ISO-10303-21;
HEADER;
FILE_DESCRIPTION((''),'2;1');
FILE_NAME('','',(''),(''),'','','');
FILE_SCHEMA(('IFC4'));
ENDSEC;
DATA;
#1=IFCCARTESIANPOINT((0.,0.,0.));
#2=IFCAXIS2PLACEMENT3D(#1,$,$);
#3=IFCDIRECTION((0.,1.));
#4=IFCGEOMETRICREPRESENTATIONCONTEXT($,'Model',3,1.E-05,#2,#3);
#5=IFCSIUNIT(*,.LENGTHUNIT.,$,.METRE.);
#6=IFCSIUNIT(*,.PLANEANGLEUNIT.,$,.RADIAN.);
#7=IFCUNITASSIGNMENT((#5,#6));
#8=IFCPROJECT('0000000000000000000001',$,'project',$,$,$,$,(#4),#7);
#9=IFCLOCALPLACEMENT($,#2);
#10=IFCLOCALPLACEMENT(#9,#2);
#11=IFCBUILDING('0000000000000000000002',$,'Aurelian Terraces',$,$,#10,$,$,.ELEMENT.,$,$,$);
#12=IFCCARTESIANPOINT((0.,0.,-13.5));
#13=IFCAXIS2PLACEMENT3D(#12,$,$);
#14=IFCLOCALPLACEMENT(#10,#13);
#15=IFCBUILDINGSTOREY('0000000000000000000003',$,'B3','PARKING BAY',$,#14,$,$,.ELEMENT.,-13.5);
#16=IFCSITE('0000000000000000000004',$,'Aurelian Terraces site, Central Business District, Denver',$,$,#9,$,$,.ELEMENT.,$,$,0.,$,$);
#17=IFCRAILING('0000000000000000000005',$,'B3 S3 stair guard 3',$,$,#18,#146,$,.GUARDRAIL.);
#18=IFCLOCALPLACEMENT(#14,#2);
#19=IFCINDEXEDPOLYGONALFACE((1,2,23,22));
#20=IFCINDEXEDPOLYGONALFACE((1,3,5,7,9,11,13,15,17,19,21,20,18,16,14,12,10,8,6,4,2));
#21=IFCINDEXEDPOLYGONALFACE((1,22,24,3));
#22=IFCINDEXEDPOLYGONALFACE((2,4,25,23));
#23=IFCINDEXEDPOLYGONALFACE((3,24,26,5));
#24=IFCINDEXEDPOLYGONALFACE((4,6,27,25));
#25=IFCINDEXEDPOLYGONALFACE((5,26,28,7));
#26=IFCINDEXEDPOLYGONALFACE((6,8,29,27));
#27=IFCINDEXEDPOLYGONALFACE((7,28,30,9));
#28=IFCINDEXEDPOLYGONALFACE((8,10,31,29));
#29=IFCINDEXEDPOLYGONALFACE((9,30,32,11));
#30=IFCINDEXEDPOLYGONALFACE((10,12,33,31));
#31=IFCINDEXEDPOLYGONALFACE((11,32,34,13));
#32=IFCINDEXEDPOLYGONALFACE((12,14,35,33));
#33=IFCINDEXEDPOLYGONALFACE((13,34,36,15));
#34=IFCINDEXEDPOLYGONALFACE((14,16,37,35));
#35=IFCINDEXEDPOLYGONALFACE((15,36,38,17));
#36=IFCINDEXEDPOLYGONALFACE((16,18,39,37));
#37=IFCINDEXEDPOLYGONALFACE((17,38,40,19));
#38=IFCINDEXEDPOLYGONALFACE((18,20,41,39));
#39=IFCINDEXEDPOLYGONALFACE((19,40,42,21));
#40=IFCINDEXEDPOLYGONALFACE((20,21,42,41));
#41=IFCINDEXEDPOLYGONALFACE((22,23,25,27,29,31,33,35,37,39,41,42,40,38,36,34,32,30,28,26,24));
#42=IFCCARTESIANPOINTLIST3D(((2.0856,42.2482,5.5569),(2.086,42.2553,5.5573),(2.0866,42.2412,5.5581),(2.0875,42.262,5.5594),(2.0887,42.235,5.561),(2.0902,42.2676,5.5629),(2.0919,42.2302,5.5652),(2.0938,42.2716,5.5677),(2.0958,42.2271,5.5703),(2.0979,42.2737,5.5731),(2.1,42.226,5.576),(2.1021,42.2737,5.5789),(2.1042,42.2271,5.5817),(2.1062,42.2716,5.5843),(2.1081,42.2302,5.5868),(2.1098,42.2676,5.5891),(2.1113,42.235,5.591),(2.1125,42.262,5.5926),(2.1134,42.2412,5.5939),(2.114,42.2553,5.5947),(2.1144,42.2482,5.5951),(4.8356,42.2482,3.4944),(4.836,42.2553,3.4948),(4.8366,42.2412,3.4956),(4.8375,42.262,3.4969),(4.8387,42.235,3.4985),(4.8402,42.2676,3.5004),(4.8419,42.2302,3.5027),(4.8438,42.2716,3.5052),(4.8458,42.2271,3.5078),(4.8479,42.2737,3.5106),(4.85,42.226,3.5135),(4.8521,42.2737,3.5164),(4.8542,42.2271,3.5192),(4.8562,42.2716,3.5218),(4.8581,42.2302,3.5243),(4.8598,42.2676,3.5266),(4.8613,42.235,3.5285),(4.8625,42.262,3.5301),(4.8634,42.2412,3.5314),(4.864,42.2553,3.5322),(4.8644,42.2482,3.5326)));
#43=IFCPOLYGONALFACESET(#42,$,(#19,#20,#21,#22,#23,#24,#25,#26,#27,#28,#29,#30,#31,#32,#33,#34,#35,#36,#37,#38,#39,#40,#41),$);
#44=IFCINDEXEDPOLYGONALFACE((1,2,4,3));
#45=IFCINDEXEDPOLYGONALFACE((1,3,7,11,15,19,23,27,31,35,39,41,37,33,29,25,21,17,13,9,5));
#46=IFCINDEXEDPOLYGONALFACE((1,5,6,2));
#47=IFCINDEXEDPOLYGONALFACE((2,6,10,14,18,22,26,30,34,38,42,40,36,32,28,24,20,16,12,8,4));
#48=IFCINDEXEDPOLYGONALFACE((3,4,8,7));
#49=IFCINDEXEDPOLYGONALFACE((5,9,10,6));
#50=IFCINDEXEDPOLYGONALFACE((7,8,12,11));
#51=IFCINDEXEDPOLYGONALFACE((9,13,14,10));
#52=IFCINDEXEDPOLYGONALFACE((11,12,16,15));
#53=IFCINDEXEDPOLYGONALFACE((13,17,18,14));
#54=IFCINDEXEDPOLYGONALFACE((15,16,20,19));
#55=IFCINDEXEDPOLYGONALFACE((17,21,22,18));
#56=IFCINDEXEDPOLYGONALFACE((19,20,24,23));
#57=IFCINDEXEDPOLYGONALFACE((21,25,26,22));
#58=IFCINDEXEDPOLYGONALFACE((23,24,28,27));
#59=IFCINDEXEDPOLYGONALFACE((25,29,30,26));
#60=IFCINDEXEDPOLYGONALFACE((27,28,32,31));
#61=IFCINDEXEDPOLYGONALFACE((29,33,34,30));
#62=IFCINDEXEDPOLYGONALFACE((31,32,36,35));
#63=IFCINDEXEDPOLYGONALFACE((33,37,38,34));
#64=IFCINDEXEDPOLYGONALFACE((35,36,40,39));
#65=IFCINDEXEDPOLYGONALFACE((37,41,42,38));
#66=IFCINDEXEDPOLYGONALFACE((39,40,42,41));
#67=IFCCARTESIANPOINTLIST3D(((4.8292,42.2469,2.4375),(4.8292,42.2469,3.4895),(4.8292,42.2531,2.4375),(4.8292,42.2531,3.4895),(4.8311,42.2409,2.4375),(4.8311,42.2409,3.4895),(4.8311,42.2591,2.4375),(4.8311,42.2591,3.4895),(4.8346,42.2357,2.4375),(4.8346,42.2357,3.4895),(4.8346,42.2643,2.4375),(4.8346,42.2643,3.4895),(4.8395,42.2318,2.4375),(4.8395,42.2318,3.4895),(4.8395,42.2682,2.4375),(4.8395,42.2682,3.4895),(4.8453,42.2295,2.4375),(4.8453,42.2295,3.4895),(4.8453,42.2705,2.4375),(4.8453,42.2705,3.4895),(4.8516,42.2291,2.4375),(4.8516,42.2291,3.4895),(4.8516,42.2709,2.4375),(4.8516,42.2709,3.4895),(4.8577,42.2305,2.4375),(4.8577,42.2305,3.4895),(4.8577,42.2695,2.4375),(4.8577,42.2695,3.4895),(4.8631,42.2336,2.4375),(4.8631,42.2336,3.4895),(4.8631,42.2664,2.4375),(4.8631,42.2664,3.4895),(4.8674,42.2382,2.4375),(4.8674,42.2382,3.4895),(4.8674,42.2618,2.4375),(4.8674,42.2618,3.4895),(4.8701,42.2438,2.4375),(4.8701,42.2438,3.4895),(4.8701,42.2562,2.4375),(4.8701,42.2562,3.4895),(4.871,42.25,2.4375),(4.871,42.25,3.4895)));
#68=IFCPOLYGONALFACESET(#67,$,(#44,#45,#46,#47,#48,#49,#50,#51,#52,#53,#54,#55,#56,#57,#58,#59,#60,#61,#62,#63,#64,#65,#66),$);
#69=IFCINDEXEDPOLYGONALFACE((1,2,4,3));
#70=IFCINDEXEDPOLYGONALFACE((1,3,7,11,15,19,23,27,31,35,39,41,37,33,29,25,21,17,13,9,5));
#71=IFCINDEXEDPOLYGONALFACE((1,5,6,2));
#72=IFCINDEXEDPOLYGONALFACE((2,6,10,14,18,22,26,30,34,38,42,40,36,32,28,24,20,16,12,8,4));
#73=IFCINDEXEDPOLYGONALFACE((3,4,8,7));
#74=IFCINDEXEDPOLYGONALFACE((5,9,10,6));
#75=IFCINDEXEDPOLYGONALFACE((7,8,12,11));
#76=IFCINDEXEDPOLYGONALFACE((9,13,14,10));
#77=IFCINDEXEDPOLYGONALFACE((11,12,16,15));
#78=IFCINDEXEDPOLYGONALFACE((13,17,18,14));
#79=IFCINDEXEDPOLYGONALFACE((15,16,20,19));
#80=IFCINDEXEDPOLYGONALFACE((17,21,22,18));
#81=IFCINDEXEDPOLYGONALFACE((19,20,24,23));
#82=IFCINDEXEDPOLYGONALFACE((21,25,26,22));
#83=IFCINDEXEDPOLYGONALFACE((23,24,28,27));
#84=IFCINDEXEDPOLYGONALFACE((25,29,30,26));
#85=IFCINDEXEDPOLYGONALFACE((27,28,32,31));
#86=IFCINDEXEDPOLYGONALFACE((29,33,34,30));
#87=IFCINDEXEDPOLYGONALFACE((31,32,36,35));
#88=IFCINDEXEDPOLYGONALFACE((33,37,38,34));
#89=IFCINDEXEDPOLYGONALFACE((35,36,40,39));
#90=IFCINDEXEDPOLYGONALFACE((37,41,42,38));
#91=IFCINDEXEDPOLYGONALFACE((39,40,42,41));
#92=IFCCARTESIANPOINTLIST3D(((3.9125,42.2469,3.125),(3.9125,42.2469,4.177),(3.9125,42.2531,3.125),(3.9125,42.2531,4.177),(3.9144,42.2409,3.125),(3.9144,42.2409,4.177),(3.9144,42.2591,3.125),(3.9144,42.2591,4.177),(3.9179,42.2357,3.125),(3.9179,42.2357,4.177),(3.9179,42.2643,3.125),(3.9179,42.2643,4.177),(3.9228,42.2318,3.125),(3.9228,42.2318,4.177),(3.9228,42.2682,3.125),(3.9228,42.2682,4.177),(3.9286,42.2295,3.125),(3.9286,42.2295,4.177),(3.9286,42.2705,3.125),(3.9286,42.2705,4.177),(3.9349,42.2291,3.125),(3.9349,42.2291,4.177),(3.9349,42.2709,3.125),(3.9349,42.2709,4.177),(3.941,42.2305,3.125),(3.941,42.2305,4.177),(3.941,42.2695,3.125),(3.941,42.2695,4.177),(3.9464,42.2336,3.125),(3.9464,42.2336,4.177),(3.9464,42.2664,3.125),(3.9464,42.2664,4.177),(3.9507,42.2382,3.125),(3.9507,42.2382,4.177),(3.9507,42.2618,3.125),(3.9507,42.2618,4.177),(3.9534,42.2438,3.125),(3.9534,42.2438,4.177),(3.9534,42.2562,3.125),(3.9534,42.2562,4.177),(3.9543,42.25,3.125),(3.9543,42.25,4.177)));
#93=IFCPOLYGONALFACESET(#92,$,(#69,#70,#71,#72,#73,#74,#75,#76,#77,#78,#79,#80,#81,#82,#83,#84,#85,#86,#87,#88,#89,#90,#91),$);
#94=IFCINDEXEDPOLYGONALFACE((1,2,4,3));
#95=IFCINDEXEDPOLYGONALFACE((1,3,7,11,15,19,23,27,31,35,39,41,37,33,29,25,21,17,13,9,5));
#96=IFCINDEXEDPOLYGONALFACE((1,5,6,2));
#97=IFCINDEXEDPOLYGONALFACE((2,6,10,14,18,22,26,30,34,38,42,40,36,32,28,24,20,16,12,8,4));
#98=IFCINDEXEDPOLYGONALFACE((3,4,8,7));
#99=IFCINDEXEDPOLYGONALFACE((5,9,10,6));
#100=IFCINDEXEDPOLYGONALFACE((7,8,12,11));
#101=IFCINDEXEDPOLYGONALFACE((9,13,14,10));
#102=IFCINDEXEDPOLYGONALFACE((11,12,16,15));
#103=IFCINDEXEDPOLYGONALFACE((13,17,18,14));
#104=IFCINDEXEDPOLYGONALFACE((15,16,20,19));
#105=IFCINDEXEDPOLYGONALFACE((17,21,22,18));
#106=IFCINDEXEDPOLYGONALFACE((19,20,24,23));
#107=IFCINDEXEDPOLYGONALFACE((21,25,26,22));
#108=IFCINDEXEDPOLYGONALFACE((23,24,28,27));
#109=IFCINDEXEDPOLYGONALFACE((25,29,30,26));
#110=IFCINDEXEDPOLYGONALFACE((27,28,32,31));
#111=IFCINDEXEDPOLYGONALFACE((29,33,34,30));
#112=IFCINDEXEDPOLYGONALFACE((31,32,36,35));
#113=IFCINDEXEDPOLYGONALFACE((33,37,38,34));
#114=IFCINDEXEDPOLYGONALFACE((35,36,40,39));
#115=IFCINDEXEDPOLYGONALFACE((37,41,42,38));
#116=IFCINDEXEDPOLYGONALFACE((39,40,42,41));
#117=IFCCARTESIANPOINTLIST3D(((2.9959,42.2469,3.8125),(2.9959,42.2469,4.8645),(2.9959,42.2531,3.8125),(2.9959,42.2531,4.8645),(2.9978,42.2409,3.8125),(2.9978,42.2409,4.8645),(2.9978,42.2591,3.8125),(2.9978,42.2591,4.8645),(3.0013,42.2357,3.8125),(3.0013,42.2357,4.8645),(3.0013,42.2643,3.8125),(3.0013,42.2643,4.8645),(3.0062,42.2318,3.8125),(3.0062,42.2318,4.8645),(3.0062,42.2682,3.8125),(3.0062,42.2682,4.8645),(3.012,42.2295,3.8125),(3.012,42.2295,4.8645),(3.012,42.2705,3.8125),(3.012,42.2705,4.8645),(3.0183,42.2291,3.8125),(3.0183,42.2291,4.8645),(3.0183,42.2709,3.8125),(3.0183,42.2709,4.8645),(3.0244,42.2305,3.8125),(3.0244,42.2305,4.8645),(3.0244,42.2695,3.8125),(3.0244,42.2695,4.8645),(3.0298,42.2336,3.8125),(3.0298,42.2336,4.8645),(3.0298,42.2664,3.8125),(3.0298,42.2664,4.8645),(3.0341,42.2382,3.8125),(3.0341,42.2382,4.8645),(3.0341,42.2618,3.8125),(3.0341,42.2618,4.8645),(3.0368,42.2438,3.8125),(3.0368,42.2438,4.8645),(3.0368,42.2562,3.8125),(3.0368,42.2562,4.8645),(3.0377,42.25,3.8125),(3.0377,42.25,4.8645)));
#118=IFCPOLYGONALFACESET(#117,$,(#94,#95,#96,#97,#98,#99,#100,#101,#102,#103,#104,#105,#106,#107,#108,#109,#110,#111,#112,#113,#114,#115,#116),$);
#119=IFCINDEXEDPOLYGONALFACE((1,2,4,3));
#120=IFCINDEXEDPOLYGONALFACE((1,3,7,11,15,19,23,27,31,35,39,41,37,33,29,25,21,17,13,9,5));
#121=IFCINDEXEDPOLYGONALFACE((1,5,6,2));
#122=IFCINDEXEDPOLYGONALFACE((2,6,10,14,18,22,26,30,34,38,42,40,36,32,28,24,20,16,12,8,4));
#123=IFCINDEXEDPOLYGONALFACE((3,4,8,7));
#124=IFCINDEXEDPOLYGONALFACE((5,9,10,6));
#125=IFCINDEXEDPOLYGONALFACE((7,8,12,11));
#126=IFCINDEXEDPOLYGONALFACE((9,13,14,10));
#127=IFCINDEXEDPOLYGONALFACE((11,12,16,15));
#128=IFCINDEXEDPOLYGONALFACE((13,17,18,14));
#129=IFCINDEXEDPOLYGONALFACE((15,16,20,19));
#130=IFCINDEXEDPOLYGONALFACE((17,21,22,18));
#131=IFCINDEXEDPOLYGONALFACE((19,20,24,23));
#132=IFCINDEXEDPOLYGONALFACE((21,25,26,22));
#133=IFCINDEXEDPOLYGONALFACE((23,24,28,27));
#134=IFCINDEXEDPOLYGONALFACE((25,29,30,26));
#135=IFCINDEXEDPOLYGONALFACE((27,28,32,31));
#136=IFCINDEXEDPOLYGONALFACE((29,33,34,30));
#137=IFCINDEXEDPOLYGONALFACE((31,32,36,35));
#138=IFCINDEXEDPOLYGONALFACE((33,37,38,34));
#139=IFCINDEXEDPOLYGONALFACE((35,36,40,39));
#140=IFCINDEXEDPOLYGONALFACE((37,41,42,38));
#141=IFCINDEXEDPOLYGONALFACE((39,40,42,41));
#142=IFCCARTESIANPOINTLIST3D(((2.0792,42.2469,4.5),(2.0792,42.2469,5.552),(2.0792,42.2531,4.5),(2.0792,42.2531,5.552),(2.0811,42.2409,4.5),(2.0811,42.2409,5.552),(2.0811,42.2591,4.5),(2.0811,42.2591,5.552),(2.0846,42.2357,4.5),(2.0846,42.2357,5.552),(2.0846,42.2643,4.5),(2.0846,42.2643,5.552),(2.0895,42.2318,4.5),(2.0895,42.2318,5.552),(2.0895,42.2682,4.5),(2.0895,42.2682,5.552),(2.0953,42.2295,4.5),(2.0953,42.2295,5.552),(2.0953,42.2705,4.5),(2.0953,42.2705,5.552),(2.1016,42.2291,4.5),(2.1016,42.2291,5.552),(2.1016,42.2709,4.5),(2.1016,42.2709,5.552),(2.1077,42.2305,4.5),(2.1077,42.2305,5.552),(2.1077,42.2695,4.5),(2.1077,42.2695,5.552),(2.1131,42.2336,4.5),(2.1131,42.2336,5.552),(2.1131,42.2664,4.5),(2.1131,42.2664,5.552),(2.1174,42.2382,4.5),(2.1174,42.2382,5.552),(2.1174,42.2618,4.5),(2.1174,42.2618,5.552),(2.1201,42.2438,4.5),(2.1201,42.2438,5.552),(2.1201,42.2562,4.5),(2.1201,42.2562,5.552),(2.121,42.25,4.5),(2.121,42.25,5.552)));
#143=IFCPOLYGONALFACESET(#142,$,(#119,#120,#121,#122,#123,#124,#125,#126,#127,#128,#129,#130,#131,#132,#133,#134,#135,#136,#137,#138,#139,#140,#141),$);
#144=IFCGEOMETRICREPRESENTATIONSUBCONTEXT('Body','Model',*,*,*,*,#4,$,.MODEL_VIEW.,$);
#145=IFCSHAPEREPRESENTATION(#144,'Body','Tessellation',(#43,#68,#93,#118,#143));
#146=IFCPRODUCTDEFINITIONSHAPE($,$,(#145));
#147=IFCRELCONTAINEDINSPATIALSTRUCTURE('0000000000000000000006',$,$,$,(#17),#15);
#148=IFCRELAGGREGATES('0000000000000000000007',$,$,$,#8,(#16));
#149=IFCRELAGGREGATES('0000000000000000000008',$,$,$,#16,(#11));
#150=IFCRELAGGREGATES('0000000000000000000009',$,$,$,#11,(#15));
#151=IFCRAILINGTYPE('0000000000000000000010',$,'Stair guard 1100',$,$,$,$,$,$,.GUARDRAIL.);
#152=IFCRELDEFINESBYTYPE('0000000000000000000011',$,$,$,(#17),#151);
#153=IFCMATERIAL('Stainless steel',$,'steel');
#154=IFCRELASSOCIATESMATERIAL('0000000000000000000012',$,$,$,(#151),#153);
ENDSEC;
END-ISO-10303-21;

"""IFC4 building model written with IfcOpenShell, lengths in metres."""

from ifc_helpers import new_model, si_unit, direction, frame, origin, origin_2d, place, context, subcontext, project, spatial, circle, extrude, material, type_object, element, save


model = new_model("IFC4")

# Units and contexts
model_context = context("Model", 3, precision=1e-05, world=origin(), true_north=direction((0.0, 1.0)))
body_context = subcontext(model_context, "Body", "Model", "MODEL_VIEW")
ifc_project = project(units=[si_unit("LENGTHUNIT", "METRE"), si_unit("PLANEANGLEUNIT", "RADIAN")], contexts=[model_context])

# Site, building, storey
site_placement = place(None, origin())
site = spatial("IfcSite", under=ifc_project, at=site_placement, Name="Aurelian Terraces site, Central Business District, Denver", CompositionType="ELEMENT", RefElevation=0.0)
building_placement = place(site_placement, origin())
building = spatial("IfcBuilding", under=site, at=building_placement, Name="Aurelian Terraces", CompositionType="ELEMENT")
storey_placement = place(building_placement, frame((0.0, 0.0, -13.5)))
storey = spatial("IfcBuildingStorey", under=building, at=storey_placement, Name="B3", Description="PARKING BAY", CompositionType="ELEMENT", Elevation=-13.5)

# Railing
ifc_material_1 = material(Name="Stainless steel", Category="steel")
railing_type_1 = type_object("IfcRailingType", Name="Stair guard 1100", PredefinedType="GUARDRAIL", material=ifc_material_1)
railing_1_placement = place(storey_placement, frame((4.85, 42.25, 2.4375)))
element("IfcRailing", 1, at=railing_1_placement, inside=storey, type_object=railing_type_1, Name="B3 S3 stair guard 3", PredefinedType="GUARDRAIL", context=body_context, shape_type="SweptSolid", body=[
    extrude(circle(Radius=0.024, at=origin_2d()), frame((0.0, 0.0, 1.076), z_axis=(-0.8, 0.0, 0.6), x_axis=(0.0, -1.0, 0.0)), (0.0, 0.0, 1.0), 3.4375),
    extrude(circle(Radius=0.021, at=origin_2d()), origin(), (0.0, 0.0, 1.0), 1.052),
    extrude(circle(Radius=0.021, at=origin_2d()), frame((-0.9167, 0.0, 0.6875)), (0.0, 0.0, 1.0), 1.052),
    extrude(circle(Radius=0.021, at=origin_2d()), frame((-1.8333, 0.0, 1.375)), (0.0, 0.0, 1.0), 1.052),
    extrude(circle(Radius=0.021, at=origin_2d()), frame((-2.75, 0.0, 2.0625)), (0.0, 0.0, 1.0), 1.052),
])

save(model, "model.ifc")
